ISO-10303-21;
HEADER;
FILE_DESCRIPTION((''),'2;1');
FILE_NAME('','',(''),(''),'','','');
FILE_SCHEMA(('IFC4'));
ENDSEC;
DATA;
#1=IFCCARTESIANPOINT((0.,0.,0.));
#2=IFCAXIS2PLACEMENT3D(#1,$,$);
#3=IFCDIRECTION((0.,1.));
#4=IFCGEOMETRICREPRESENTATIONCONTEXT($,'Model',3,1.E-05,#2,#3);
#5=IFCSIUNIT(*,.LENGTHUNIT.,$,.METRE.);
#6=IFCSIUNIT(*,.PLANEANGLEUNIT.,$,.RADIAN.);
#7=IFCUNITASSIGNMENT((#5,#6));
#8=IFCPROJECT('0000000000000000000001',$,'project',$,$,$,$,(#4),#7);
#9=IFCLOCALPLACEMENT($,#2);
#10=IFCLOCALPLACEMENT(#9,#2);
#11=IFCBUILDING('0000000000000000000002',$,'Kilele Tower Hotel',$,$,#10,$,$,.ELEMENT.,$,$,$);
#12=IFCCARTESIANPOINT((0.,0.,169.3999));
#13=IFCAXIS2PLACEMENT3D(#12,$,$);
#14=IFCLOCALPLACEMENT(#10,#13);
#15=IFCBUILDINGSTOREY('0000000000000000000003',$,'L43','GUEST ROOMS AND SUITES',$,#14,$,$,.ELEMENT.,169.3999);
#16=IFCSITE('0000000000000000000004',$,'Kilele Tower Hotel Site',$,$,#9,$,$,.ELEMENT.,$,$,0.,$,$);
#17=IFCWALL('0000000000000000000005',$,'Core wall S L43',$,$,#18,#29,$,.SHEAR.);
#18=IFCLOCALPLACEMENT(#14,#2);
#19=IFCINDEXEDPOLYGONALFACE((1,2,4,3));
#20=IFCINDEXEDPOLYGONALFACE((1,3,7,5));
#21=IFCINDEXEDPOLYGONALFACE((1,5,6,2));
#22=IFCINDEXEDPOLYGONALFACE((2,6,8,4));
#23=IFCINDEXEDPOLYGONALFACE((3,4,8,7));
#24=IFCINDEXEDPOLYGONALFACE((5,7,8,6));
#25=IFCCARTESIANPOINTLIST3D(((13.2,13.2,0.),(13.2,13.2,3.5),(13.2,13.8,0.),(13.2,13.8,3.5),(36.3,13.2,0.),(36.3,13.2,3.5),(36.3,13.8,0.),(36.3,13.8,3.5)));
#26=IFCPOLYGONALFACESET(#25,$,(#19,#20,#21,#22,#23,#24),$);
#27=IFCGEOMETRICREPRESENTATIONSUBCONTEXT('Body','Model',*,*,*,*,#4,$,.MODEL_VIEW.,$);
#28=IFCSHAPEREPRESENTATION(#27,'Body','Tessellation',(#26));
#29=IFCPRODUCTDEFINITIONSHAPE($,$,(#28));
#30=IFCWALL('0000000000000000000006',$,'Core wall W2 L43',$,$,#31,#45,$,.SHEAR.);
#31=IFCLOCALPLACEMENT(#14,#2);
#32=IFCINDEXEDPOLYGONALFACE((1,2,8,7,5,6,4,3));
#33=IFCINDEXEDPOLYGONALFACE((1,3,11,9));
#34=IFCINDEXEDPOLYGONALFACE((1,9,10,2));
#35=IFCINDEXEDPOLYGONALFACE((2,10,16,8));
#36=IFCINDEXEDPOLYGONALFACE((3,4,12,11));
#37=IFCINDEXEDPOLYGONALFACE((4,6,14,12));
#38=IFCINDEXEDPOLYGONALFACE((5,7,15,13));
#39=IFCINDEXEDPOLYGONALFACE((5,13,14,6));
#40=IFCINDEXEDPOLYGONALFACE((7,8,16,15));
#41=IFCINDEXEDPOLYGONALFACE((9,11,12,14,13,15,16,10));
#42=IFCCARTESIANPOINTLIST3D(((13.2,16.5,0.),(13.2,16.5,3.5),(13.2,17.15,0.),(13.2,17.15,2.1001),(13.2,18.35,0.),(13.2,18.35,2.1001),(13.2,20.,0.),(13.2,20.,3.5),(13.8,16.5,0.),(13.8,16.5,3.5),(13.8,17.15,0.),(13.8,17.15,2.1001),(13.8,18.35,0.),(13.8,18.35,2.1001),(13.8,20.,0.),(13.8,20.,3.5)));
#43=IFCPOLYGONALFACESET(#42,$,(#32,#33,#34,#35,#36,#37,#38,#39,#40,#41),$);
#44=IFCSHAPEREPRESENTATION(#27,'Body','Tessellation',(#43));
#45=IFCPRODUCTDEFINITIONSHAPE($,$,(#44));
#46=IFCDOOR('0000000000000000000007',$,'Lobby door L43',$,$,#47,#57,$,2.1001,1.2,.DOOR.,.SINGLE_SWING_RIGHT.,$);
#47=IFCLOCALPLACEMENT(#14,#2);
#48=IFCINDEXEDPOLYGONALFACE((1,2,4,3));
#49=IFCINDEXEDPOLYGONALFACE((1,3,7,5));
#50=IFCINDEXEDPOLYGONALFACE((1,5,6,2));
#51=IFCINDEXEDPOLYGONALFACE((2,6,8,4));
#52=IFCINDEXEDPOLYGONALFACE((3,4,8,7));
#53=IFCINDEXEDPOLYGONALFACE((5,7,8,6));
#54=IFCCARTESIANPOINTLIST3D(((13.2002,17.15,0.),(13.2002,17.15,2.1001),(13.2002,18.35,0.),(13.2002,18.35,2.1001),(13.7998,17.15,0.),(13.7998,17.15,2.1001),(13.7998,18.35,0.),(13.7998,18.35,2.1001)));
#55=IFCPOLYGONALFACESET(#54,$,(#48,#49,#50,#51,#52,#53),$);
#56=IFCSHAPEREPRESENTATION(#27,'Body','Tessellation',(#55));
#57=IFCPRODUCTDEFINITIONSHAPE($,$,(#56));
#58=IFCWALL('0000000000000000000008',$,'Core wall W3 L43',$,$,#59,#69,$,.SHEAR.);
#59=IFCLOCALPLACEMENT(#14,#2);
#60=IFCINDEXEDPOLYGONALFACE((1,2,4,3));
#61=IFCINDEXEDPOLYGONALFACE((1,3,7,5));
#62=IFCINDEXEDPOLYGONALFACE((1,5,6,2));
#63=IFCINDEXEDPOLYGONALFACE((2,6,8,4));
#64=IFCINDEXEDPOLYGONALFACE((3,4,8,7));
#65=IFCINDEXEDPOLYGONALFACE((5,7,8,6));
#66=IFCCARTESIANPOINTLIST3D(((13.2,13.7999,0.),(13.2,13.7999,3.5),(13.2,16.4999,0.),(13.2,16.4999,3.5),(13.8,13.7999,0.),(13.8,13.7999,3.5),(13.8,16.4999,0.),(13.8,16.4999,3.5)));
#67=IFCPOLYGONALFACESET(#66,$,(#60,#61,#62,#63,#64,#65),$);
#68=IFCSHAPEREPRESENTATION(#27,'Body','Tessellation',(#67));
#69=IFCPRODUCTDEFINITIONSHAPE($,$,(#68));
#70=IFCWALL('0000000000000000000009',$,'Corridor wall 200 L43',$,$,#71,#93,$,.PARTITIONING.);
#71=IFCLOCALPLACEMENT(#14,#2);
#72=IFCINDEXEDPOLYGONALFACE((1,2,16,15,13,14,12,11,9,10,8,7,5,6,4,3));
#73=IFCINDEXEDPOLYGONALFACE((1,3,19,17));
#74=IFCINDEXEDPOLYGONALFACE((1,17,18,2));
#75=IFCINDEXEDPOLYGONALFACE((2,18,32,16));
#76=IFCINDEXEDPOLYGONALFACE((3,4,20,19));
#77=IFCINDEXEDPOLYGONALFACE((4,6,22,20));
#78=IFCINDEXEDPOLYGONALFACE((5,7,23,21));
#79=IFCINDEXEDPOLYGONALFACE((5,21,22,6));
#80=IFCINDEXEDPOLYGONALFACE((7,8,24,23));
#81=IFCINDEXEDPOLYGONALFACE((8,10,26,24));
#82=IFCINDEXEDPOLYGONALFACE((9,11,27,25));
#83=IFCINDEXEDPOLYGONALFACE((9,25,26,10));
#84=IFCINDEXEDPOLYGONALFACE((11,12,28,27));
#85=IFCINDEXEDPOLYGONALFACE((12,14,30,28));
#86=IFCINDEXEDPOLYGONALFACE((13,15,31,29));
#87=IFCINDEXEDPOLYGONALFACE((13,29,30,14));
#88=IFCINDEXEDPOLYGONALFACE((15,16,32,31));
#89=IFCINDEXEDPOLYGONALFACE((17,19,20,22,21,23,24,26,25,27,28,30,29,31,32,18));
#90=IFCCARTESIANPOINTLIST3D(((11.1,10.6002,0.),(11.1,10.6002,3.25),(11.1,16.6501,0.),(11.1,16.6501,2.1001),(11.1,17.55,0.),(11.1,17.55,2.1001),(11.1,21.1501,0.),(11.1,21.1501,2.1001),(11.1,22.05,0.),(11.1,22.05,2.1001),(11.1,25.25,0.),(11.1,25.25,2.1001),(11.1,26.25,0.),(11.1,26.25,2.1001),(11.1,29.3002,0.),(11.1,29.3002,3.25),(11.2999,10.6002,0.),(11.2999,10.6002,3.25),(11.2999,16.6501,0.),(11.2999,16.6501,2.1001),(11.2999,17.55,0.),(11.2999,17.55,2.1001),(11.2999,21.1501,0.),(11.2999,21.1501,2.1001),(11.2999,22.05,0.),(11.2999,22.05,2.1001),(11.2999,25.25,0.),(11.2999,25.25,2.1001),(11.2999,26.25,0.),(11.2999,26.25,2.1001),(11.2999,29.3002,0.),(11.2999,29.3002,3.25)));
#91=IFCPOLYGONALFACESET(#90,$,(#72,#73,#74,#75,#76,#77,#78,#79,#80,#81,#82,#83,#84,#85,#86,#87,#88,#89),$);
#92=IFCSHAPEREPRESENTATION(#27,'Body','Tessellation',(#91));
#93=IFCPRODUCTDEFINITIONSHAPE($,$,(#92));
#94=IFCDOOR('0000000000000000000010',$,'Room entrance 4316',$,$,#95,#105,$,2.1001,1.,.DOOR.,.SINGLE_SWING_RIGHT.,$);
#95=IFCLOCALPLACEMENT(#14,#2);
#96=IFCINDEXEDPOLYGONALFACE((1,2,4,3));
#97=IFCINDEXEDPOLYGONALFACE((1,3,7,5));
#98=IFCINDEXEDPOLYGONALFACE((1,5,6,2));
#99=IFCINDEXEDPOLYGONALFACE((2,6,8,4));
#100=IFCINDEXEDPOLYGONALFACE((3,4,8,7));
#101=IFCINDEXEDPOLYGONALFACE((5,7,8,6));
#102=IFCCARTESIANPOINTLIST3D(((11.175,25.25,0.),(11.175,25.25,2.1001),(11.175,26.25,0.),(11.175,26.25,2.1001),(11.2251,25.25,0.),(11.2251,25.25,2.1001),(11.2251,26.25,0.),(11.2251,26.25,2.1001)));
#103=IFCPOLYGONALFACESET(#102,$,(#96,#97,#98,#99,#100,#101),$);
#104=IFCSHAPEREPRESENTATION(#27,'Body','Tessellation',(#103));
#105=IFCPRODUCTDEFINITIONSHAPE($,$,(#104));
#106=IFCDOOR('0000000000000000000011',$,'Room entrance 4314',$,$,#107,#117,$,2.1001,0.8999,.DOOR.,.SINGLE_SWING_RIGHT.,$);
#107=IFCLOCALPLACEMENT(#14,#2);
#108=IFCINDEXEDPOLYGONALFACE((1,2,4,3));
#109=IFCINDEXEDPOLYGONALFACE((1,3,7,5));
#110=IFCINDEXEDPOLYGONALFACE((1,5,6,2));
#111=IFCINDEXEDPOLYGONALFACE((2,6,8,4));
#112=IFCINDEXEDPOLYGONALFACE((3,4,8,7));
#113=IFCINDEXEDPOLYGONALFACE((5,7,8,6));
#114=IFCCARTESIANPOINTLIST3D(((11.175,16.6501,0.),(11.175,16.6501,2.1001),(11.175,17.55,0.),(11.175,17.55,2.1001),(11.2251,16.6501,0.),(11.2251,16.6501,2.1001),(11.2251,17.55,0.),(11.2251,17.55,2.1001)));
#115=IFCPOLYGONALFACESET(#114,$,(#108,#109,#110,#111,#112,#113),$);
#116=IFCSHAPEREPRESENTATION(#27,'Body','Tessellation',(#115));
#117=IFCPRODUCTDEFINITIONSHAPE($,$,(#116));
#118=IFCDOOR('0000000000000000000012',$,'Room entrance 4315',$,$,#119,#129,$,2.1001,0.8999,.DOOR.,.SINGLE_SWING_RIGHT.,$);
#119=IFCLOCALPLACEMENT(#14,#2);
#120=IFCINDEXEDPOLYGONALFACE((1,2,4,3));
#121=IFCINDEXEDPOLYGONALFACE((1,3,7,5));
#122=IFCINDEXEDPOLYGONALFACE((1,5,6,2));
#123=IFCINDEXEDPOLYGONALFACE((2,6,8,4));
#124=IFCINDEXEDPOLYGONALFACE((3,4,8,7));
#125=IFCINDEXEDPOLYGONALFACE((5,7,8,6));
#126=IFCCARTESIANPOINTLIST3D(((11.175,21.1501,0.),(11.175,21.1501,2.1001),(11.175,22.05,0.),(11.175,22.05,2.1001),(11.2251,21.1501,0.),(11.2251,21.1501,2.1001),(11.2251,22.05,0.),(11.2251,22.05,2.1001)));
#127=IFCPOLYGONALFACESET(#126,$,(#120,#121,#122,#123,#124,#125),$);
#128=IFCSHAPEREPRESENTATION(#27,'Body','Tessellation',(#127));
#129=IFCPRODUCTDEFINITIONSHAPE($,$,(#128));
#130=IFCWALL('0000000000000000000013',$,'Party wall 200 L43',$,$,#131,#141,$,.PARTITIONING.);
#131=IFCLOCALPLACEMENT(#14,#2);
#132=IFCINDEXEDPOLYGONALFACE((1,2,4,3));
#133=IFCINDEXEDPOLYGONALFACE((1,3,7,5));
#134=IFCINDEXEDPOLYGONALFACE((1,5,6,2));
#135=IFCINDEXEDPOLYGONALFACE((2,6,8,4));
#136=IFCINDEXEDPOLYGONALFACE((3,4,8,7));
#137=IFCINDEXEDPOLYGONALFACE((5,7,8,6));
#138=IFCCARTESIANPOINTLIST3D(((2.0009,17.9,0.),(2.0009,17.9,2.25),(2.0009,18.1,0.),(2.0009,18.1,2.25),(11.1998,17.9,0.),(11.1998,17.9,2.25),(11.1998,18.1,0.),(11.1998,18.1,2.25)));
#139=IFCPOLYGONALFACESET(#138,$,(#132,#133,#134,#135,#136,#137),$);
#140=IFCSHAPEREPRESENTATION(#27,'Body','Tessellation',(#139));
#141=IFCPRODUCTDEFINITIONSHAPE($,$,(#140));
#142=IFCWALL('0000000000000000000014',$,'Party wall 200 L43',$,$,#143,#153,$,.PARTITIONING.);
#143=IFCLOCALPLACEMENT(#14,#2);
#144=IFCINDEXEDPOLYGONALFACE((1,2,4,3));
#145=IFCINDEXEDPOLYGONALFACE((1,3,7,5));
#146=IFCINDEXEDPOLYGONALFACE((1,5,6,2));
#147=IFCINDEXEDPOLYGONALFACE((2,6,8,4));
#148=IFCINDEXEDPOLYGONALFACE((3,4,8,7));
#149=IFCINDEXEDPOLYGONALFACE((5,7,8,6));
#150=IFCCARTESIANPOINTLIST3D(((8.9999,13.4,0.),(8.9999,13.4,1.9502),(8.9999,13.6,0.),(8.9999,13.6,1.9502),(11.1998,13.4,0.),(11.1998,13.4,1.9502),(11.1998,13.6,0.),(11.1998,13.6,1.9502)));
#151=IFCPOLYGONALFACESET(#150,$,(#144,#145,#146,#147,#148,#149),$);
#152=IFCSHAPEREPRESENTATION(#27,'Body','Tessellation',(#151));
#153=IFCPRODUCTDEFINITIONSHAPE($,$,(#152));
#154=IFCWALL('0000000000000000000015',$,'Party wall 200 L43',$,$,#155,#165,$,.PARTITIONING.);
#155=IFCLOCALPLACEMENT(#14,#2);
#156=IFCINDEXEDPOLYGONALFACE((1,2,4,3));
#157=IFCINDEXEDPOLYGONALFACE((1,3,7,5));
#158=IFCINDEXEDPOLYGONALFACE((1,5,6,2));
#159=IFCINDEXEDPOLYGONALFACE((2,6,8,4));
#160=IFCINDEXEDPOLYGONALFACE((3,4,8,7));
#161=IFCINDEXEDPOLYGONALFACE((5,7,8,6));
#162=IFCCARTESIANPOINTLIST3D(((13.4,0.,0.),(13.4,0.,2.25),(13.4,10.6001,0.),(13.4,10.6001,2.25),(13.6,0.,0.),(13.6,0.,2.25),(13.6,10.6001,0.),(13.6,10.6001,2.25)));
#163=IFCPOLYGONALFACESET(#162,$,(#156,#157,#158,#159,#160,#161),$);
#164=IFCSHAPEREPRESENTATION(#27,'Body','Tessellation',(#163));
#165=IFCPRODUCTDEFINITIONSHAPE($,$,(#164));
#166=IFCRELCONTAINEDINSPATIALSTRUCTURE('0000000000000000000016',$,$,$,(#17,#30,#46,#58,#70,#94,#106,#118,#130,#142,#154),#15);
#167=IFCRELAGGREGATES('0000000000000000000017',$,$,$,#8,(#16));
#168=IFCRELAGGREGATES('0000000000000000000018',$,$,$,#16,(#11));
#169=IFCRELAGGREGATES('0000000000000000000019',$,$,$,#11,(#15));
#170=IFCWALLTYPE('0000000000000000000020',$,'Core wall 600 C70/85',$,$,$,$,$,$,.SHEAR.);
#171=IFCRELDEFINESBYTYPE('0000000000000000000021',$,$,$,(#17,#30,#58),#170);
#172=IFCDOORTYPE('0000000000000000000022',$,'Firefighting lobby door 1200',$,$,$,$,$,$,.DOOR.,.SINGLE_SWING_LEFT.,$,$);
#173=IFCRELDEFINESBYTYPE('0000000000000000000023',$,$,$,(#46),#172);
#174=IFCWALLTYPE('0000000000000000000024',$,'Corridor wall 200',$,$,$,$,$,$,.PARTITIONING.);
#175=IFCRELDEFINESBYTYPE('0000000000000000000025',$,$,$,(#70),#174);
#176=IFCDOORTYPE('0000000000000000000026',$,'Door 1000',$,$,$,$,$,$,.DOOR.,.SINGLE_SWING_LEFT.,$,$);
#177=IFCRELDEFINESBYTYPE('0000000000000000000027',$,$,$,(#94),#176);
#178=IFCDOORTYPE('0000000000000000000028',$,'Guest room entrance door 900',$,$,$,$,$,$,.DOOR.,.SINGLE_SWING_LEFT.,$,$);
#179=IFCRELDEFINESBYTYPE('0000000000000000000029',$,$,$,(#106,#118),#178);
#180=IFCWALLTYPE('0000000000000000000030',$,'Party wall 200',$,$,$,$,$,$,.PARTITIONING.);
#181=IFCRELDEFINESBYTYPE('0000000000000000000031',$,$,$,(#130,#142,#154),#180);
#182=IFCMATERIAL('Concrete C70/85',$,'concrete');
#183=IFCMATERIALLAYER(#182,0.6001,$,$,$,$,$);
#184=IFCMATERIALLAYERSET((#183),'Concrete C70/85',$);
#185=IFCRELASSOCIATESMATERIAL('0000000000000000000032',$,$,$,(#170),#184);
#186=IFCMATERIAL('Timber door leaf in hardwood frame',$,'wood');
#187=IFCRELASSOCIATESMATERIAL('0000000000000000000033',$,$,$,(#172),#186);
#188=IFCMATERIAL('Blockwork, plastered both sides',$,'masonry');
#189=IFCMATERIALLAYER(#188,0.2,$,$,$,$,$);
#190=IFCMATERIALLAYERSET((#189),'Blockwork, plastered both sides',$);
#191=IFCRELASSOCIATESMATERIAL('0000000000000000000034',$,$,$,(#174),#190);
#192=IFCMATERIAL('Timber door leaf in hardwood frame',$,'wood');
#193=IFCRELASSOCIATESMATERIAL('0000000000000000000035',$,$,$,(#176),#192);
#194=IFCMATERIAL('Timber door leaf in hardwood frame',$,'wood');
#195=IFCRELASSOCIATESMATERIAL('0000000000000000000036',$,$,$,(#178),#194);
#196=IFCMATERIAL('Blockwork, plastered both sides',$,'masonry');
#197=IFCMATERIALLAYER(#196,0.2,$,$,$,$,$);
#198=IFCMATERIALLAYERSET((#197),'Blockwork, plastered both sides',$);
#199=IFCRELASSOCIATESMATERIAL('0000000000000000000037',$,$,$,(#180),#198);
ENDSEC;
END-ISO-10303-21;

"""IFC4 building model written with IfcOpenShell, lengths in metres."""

from ifc_helpers import new_model, si_unit, direction, frame, frame_2d, origin, place, context, subcontext, project, spatial, rectangle, extrude, material, layer, layer_set, type_object, element, fill, save


model = new_model("IFC4")

# Units and contexts
model_context = context("Model", 3, precision=1e-05, world=origin(), true_north=direction((0.0, 1.0)))
body_context = subcontext(model_context, "Body", "Model", "MODEL_VIEW")
ifc_project = project(units=[si_unit("LENGTHUNIT", "METRE"), si_unit("PLANEANGLEUNIT", "RADIAN")], contexts=[model_context])

# Site, building, storey
site_placement = place(None, origin())
site = spatial("IfcSite", under=ifc_project, at=site_placement, Name="Kilele Tower Hotel Site", CompositionType="ELEMENT", RefElevation=0.0)
building_placement = place(site_placement, origin())
building = spatial("IfcBuilding", under=site, at=building_placement, Name="Kilele Tower Hotel", CompositionType="ELEMENT")
storey_placement = place(building_placement, frame((0.0, 0.0, 169.3999)))
storey = spatial("IfcBuildingStorey", under=building, at=storey_placement, Name="L43", Description="GUEST ROOMS AND SUITES", CompositionType="ELEMENT", Elevation=169.3999)

# Wall
ifc_material_1 = material(Name="Concrete C70/85", Category="concrete")
ifc_layer_1 = layer(ifc_material_1, 0.6001)
ifc_layer_set_1 = layer_set([ifc_layer_1], Name="Concrete C70/85")
wall_type_1 = type_object("IfcWallType", Name="Core wall 600 C70/85", PredefinedType="SHEAR", material=ifc_layer_set_1)
wall_1_placement = place(storey_placement, frame((13.2, 13.5, 0.0), z_axis=(0.0, 0.0, 1.0), x_axis=(1.0, 0.0, 0.0)))
element("IfcWall", 1, at=wall_1_placement, inside=storey, type_object=wall_type_1, Name="Core wall S L43", PredefinedType="SHEAR", context=body_context, shape_type="SweptSolid", body=[
    extrude(rectangle(XDim=23.1001, YDim=0.6001, at=frame_2d((11.55, 0.0))), origin(), (0.0, 0.0, 1.0), 3.5),
])

# Wall, opening, door
wall_2_placement = place(storey_placement, frame((13.5, 20.0, 0.0), z_axis=(0.0, 0.0, 1.0), x_axis=(0.0, -1.0, 0.0)))
wall_2 = element("IfcWall", 2, at=wall_2_placement, inside=storey, type_object=wall_type_1, Name="Core wall W2 L43", PredefinedType="SHEAR", context=body_context, shape_type="SweptSolid", body=[
    extrude(rectangle(XDim=3.5, YDim=0.6001, at=frame_2d((1.75, 0.0))), origin(), (0.0, 0.0, 1.0), 3.5),
])
opening_1_placement = place(wall_2_placement, frame((1.6499, 0.0, 0.0)))
opening_1 = element("IfcOpeningElement", 3, at=opening_1_placement, cuts=wall_2, PredefinedType="OPENING", context=body_context, shape_type="SweptSolid", body=[
    extrude(rectangle(XDim=1.2, YDim=2.1001, at=frame_2d((0.6001, 1.05))), frame((0.0, 0.3101, 0.0), z_axis=(0.0, -1.0, 0.0), x_axis=(1.0, 0.0, 0.0)), (0.0, 0.0, 1.0), 0.6201),
])
ifc_material_2 = material(Name="Timber door leaf in hardwood frame", Category="wood")
door_type_1 = type_object("IfcDoorType", Name="Firefighting lobby door 1200", OperationType="SINGLE_SWING_LEFT", PredefinedType="DOOR", material=ifc_material_2)
door_1_placement = place(opening_1_placement, origin())
door_1 = element("IfcDoor", 4, at=door_1_placement, inside=storey, type_object=door_type_1, Name="Lobby door L43", OperationType="SINGLE_SWING_RIGHT", OverallHeight=2.1001, OverallWidth=1.2, PredefinedType="DOOR", context=body_context, shape_type="SweptSolid", body=[
    extrude(rectangle(XDim=1.2, YDim=2.1001, at=frame_2d((0.6001, 1.05))), frame((0.0, 0.2998, 0.0), z_axis=(0.0, -1.0, 0.0), x_axis=(1.0, 0.0, 0.0)), (0.0, 0.0, 1.0), 0.5996),
])
fill(opening_1, door_1)

# Wall
wall_3_placement = place(storey_placement, frame((13.5, 16.5, 0.0), z_axis=(0.0, 0.0, 1.0), x_axis=(0.0, -1.0, 0.0)))
element("IfcWall", 5, at=wall_3_placement, inside=storey, type_object=wall_type_1, Name="Core wall W3 L43", PredefinedType="SHEAR", context=body_context, shape_type="SweptSolid", body=[
    extrude(rectangle(XDim=2.7, YDim=0.6001, at=frame_2d((1.3501, 0.0))), origin(), (0.0, 0.0, 1.0), 3.5),
])

# Wall, openings, doors
ifc_material_3 = material(Name="Blockwork, plastered both sides", Category="masonry")
ifc_layer_2 = layer(ifc_material_3, 0.2)
ifc_layer_set_2 = layer_set([ifc_layer_2], Name="Blockwork, plastered both sides")
wall_type_2 = type_object("IfcWallType", Name="Corridor wall 200", PredefinedType="PARTITIONING", material=ifc_layer_set_2)
wall_4_placement = place(storey_placement, frame((11.2, 10.6001, 0.0), z_axis=(0.0, 0.0, 1.0), x_axis=(0.0, 1.0, 0.0)))
wall_4 = element("IfcWall", 6, at=wall_4_placement, inside=storey, type_object=wall_type_2, Name="Corridor wall 200 L43", PredefinedType="PARTITIONING", context=body_context, shape_type="SweptSolid", body=[
    extrude(rectangle(XDim=18.7, YDim=0.2, at=frame_2d((9.3501, 0.0))), origin(), (0.0, 0.0, 1.0), 3.25),
])
opening_2_placement = place(wall_4_placement, frame((6.05, 0.0, 0.0)))
opening_2 = element("IfcOpeningElement", 7, at=opening_2_placement, cuts=wall_4, PredefinedType="OPENING", context=body_context, shape_type="SweptSolid", body=[
    extrude(rectangle(XDim=0.8999, YDim=2.1001, at=frame_2d((0.45, 1.05))), frame((0.0, 0.1099, 0.0), z_axis=(0.0, -1.0, 0.0), x_axis=(1.0, 0.0, 0.0)), (0.0, 0.0, 1.0), 0.22),
])
opening_3_placement = place(wall_4_placement, frame((10.55, 0.0, 0.0)))
opening_3 = element("IfcOpeningElement", 8, at=opening_3_placement, cuts=wall_4, PredefinedType="OPENING", context=body_context, shape_type="SweptSolid", body=[
    extrude(rectangle(XDim=0.8999, YDim=2.1001, at=frame_2d((0.45, 1.05))), frame((0.0, 0.1099, 0.0), z_axis=(0.0, -1.0, 0.0), x_axis=(1.0, 0.0, 0.0)), (0.0, 0.0, 1.0), 0.22),
])
opening_4_placement = place(wall_4_placement, frame((14.6499, 0.0, 0.0)))
opening_4 = element("IfcOpeningElement", 9, at=opening_4_placement, cuts=wall_4, PredefinedType="OPENING", context=body_context, shape_type="SweptSolid", body=[
    extrude(rectangle(XDim=1.0, YDim=2.1001, at=frame_2d((0.5, 1.05))), frame((0.0, 0.1099, 0.0), z_axis=(0.0, -1.0, 0.0), x_axis=(1.0, 0.0, 0.0)), (0.0, 0.0, 1.0), 0.22),
])
ifc_material_4 = material(Name="Timber door leaf in hardwood frame", Category="wood")
door_type_2 = type_object("IfcDoorType", Name="Door 1000", OperationType="SINGLE_SWING_LEFT", PredefinedType="DOOR", material=ifc_material_4)
door_2_placement = place(opening_4_placement, origin())
door_2 = element("IfcDoor", 10, at=door_2_placement, inside=storey, type_object=door_type_2, Name="Room entrance 4316", OperationType="SINGLE_SWING_RIGHT", OverallHeight=2.1001, OverallWidth=1.0, PredefinedType="DOOR", context=body_context, shape_type="SweptSolid", body=[
    extrude(rectangle(XDim=1.0, YDim=2.1001, at=frame_2d((0.5, 1.05))), frame((0.0, 0.0249, 0.0), z_axis=(0.0, -1.0, 0.0), x_axis=(1.0, 0.0, 0.0)), (0.0, 0.0, 1.0), 0.05),
])
fill(opening_4, door_2)
ifc_material_5 = material(Name="Timber door leaf in hardwood frame", Category="wood")
door_type_3 = type_object("IfcDoorType", Name="Guest room entrance door 900", OperationType="SINGLE_SWING_LEFT", PredefinedType="DOOR", material=ifc_material_5)
door_3_placement = place(opening_2_placement, origin())
door_3 = element("IfcDoor", 11, at=door_3_placement, inside=storey, type_object=door_type_3, Name="Room entrance 4314", OperationType="SINGLE_SWING_RIGHT", OverallHeight=2.1001, OverallWidth=0.8999, PredefinedType="DOOR", context=body_context, shape_type="SweptSolid", body=[
    extrude(rectangle(XDim=0.8999, YDim=2.1001, at=frame_2d((0.45, 1.05))), frame((0.0, 0.0249, 0.0), z_axis=(0.0, -1.0, 0.0), x_axis=(1.0, 0.0, 0.0)), (0.0, 0.0, 1.0), 0.05),
])
fill(opening_2, door_3)
door_4_placement = place(opening_3_placement, origin())
door_4 = element("IfcDoor", 12, at=door_4_placement, inside=storey, type_object=door_type_3, Name="Room entrance 4315", OperationType="SINGLE_SWING_RIGHT", OverallHeight=2.1001, OverallWidth=0.8999, PredefinedType="DOOR", context=body_context, shape_type="SweptSolid", body=[
    extrude(rectangle(XDim=0.8999, YDim=2.1001, at=frame_2d((0.45, 1.05))), frame((0.0, 0.0249, 0.0), z_axis=(0.0, -1.0, 0.0), x_axis=(1.0, 0.0, 0.0)), (0.0, 0.0, 1.0), 0.05),
])
fill(opening_3, door_4)

# Walls
ifc_material_6 = material(Name="Blockwork, plastered both sides", Category="masonry")
ifc_layer_3 = layer(ifc_material_6, 0.2)
ifc_layer_set_3 = layer_set([ifc_layer_3], Name="Blockwork, plastered both sides")
wall_type_3 = type_object("IfcWallType", Name="Party wall 200", PredefinedType="PARTITIONING", material=ifc_layer_set_3)
wall_5_placement = place(storey_placement, frame((11.2, 18.0, 0.0), z_axis=(0.0, 0.0, 1.0), x_axis=(-1.0, 0.0, 0.0)))
element("IfcWall", 13, at=wall_5_placement, inside=storey, type_object=wall_type_3, Name="Party wall 200 L43", PredefinedType="PARTITIONING", context=body_context, shape_type="SweptSolid", body=[
    extrude(rectangle(XDim=9.199, YDim=0.2, at=frame_2d((4.5996, 0.0))), origin(), (0.0, 0.0, 1.0), 2.25),
])
wall_6_placement = place(storey_placement, frame((11.2, 13.5, 0.0), z_axis=(0.0, 0.0, 1.0), x_axis=(-1.0, 0.0, 0.0)))
element("IfcWall", 14, at=wall_6_placement, inside=storey, type_object=wall_type_3, Name="Party wall 200 L43", PredefinedType="PARTITIONING", context=body_context, shape_type="SweptSolid", body=[
    extrude(rectangle(XDim=2.2, YDim=0.2, at=frame_2d((1.1001, 0.0))), origin(), (0.0, 0.0, 1.0), 1.9502),
])
wall_7_placement = place(storey_placement, frame((13.5, 10.6001, 0.0), z_axis=(0.0, 0.0, 1.0), x_axis=(0.0, -1.0, 0.0)))
element("IfcWall", 15, at=wall_7_placement, inside=storey, type_object=wall_type_3, Name="Party wall 200 L43", PredefinedType="PARTITIONING", context=body_context, shape_type="SweptSolid", body=[
    extrude(rectangle(XDim=10.6001, YDim=0.2, at=frame_2d((5.3, 0.0))), origin(), (0.0, 0.0, 1.0), 2.25),
])

save(model, "model.ifc")
